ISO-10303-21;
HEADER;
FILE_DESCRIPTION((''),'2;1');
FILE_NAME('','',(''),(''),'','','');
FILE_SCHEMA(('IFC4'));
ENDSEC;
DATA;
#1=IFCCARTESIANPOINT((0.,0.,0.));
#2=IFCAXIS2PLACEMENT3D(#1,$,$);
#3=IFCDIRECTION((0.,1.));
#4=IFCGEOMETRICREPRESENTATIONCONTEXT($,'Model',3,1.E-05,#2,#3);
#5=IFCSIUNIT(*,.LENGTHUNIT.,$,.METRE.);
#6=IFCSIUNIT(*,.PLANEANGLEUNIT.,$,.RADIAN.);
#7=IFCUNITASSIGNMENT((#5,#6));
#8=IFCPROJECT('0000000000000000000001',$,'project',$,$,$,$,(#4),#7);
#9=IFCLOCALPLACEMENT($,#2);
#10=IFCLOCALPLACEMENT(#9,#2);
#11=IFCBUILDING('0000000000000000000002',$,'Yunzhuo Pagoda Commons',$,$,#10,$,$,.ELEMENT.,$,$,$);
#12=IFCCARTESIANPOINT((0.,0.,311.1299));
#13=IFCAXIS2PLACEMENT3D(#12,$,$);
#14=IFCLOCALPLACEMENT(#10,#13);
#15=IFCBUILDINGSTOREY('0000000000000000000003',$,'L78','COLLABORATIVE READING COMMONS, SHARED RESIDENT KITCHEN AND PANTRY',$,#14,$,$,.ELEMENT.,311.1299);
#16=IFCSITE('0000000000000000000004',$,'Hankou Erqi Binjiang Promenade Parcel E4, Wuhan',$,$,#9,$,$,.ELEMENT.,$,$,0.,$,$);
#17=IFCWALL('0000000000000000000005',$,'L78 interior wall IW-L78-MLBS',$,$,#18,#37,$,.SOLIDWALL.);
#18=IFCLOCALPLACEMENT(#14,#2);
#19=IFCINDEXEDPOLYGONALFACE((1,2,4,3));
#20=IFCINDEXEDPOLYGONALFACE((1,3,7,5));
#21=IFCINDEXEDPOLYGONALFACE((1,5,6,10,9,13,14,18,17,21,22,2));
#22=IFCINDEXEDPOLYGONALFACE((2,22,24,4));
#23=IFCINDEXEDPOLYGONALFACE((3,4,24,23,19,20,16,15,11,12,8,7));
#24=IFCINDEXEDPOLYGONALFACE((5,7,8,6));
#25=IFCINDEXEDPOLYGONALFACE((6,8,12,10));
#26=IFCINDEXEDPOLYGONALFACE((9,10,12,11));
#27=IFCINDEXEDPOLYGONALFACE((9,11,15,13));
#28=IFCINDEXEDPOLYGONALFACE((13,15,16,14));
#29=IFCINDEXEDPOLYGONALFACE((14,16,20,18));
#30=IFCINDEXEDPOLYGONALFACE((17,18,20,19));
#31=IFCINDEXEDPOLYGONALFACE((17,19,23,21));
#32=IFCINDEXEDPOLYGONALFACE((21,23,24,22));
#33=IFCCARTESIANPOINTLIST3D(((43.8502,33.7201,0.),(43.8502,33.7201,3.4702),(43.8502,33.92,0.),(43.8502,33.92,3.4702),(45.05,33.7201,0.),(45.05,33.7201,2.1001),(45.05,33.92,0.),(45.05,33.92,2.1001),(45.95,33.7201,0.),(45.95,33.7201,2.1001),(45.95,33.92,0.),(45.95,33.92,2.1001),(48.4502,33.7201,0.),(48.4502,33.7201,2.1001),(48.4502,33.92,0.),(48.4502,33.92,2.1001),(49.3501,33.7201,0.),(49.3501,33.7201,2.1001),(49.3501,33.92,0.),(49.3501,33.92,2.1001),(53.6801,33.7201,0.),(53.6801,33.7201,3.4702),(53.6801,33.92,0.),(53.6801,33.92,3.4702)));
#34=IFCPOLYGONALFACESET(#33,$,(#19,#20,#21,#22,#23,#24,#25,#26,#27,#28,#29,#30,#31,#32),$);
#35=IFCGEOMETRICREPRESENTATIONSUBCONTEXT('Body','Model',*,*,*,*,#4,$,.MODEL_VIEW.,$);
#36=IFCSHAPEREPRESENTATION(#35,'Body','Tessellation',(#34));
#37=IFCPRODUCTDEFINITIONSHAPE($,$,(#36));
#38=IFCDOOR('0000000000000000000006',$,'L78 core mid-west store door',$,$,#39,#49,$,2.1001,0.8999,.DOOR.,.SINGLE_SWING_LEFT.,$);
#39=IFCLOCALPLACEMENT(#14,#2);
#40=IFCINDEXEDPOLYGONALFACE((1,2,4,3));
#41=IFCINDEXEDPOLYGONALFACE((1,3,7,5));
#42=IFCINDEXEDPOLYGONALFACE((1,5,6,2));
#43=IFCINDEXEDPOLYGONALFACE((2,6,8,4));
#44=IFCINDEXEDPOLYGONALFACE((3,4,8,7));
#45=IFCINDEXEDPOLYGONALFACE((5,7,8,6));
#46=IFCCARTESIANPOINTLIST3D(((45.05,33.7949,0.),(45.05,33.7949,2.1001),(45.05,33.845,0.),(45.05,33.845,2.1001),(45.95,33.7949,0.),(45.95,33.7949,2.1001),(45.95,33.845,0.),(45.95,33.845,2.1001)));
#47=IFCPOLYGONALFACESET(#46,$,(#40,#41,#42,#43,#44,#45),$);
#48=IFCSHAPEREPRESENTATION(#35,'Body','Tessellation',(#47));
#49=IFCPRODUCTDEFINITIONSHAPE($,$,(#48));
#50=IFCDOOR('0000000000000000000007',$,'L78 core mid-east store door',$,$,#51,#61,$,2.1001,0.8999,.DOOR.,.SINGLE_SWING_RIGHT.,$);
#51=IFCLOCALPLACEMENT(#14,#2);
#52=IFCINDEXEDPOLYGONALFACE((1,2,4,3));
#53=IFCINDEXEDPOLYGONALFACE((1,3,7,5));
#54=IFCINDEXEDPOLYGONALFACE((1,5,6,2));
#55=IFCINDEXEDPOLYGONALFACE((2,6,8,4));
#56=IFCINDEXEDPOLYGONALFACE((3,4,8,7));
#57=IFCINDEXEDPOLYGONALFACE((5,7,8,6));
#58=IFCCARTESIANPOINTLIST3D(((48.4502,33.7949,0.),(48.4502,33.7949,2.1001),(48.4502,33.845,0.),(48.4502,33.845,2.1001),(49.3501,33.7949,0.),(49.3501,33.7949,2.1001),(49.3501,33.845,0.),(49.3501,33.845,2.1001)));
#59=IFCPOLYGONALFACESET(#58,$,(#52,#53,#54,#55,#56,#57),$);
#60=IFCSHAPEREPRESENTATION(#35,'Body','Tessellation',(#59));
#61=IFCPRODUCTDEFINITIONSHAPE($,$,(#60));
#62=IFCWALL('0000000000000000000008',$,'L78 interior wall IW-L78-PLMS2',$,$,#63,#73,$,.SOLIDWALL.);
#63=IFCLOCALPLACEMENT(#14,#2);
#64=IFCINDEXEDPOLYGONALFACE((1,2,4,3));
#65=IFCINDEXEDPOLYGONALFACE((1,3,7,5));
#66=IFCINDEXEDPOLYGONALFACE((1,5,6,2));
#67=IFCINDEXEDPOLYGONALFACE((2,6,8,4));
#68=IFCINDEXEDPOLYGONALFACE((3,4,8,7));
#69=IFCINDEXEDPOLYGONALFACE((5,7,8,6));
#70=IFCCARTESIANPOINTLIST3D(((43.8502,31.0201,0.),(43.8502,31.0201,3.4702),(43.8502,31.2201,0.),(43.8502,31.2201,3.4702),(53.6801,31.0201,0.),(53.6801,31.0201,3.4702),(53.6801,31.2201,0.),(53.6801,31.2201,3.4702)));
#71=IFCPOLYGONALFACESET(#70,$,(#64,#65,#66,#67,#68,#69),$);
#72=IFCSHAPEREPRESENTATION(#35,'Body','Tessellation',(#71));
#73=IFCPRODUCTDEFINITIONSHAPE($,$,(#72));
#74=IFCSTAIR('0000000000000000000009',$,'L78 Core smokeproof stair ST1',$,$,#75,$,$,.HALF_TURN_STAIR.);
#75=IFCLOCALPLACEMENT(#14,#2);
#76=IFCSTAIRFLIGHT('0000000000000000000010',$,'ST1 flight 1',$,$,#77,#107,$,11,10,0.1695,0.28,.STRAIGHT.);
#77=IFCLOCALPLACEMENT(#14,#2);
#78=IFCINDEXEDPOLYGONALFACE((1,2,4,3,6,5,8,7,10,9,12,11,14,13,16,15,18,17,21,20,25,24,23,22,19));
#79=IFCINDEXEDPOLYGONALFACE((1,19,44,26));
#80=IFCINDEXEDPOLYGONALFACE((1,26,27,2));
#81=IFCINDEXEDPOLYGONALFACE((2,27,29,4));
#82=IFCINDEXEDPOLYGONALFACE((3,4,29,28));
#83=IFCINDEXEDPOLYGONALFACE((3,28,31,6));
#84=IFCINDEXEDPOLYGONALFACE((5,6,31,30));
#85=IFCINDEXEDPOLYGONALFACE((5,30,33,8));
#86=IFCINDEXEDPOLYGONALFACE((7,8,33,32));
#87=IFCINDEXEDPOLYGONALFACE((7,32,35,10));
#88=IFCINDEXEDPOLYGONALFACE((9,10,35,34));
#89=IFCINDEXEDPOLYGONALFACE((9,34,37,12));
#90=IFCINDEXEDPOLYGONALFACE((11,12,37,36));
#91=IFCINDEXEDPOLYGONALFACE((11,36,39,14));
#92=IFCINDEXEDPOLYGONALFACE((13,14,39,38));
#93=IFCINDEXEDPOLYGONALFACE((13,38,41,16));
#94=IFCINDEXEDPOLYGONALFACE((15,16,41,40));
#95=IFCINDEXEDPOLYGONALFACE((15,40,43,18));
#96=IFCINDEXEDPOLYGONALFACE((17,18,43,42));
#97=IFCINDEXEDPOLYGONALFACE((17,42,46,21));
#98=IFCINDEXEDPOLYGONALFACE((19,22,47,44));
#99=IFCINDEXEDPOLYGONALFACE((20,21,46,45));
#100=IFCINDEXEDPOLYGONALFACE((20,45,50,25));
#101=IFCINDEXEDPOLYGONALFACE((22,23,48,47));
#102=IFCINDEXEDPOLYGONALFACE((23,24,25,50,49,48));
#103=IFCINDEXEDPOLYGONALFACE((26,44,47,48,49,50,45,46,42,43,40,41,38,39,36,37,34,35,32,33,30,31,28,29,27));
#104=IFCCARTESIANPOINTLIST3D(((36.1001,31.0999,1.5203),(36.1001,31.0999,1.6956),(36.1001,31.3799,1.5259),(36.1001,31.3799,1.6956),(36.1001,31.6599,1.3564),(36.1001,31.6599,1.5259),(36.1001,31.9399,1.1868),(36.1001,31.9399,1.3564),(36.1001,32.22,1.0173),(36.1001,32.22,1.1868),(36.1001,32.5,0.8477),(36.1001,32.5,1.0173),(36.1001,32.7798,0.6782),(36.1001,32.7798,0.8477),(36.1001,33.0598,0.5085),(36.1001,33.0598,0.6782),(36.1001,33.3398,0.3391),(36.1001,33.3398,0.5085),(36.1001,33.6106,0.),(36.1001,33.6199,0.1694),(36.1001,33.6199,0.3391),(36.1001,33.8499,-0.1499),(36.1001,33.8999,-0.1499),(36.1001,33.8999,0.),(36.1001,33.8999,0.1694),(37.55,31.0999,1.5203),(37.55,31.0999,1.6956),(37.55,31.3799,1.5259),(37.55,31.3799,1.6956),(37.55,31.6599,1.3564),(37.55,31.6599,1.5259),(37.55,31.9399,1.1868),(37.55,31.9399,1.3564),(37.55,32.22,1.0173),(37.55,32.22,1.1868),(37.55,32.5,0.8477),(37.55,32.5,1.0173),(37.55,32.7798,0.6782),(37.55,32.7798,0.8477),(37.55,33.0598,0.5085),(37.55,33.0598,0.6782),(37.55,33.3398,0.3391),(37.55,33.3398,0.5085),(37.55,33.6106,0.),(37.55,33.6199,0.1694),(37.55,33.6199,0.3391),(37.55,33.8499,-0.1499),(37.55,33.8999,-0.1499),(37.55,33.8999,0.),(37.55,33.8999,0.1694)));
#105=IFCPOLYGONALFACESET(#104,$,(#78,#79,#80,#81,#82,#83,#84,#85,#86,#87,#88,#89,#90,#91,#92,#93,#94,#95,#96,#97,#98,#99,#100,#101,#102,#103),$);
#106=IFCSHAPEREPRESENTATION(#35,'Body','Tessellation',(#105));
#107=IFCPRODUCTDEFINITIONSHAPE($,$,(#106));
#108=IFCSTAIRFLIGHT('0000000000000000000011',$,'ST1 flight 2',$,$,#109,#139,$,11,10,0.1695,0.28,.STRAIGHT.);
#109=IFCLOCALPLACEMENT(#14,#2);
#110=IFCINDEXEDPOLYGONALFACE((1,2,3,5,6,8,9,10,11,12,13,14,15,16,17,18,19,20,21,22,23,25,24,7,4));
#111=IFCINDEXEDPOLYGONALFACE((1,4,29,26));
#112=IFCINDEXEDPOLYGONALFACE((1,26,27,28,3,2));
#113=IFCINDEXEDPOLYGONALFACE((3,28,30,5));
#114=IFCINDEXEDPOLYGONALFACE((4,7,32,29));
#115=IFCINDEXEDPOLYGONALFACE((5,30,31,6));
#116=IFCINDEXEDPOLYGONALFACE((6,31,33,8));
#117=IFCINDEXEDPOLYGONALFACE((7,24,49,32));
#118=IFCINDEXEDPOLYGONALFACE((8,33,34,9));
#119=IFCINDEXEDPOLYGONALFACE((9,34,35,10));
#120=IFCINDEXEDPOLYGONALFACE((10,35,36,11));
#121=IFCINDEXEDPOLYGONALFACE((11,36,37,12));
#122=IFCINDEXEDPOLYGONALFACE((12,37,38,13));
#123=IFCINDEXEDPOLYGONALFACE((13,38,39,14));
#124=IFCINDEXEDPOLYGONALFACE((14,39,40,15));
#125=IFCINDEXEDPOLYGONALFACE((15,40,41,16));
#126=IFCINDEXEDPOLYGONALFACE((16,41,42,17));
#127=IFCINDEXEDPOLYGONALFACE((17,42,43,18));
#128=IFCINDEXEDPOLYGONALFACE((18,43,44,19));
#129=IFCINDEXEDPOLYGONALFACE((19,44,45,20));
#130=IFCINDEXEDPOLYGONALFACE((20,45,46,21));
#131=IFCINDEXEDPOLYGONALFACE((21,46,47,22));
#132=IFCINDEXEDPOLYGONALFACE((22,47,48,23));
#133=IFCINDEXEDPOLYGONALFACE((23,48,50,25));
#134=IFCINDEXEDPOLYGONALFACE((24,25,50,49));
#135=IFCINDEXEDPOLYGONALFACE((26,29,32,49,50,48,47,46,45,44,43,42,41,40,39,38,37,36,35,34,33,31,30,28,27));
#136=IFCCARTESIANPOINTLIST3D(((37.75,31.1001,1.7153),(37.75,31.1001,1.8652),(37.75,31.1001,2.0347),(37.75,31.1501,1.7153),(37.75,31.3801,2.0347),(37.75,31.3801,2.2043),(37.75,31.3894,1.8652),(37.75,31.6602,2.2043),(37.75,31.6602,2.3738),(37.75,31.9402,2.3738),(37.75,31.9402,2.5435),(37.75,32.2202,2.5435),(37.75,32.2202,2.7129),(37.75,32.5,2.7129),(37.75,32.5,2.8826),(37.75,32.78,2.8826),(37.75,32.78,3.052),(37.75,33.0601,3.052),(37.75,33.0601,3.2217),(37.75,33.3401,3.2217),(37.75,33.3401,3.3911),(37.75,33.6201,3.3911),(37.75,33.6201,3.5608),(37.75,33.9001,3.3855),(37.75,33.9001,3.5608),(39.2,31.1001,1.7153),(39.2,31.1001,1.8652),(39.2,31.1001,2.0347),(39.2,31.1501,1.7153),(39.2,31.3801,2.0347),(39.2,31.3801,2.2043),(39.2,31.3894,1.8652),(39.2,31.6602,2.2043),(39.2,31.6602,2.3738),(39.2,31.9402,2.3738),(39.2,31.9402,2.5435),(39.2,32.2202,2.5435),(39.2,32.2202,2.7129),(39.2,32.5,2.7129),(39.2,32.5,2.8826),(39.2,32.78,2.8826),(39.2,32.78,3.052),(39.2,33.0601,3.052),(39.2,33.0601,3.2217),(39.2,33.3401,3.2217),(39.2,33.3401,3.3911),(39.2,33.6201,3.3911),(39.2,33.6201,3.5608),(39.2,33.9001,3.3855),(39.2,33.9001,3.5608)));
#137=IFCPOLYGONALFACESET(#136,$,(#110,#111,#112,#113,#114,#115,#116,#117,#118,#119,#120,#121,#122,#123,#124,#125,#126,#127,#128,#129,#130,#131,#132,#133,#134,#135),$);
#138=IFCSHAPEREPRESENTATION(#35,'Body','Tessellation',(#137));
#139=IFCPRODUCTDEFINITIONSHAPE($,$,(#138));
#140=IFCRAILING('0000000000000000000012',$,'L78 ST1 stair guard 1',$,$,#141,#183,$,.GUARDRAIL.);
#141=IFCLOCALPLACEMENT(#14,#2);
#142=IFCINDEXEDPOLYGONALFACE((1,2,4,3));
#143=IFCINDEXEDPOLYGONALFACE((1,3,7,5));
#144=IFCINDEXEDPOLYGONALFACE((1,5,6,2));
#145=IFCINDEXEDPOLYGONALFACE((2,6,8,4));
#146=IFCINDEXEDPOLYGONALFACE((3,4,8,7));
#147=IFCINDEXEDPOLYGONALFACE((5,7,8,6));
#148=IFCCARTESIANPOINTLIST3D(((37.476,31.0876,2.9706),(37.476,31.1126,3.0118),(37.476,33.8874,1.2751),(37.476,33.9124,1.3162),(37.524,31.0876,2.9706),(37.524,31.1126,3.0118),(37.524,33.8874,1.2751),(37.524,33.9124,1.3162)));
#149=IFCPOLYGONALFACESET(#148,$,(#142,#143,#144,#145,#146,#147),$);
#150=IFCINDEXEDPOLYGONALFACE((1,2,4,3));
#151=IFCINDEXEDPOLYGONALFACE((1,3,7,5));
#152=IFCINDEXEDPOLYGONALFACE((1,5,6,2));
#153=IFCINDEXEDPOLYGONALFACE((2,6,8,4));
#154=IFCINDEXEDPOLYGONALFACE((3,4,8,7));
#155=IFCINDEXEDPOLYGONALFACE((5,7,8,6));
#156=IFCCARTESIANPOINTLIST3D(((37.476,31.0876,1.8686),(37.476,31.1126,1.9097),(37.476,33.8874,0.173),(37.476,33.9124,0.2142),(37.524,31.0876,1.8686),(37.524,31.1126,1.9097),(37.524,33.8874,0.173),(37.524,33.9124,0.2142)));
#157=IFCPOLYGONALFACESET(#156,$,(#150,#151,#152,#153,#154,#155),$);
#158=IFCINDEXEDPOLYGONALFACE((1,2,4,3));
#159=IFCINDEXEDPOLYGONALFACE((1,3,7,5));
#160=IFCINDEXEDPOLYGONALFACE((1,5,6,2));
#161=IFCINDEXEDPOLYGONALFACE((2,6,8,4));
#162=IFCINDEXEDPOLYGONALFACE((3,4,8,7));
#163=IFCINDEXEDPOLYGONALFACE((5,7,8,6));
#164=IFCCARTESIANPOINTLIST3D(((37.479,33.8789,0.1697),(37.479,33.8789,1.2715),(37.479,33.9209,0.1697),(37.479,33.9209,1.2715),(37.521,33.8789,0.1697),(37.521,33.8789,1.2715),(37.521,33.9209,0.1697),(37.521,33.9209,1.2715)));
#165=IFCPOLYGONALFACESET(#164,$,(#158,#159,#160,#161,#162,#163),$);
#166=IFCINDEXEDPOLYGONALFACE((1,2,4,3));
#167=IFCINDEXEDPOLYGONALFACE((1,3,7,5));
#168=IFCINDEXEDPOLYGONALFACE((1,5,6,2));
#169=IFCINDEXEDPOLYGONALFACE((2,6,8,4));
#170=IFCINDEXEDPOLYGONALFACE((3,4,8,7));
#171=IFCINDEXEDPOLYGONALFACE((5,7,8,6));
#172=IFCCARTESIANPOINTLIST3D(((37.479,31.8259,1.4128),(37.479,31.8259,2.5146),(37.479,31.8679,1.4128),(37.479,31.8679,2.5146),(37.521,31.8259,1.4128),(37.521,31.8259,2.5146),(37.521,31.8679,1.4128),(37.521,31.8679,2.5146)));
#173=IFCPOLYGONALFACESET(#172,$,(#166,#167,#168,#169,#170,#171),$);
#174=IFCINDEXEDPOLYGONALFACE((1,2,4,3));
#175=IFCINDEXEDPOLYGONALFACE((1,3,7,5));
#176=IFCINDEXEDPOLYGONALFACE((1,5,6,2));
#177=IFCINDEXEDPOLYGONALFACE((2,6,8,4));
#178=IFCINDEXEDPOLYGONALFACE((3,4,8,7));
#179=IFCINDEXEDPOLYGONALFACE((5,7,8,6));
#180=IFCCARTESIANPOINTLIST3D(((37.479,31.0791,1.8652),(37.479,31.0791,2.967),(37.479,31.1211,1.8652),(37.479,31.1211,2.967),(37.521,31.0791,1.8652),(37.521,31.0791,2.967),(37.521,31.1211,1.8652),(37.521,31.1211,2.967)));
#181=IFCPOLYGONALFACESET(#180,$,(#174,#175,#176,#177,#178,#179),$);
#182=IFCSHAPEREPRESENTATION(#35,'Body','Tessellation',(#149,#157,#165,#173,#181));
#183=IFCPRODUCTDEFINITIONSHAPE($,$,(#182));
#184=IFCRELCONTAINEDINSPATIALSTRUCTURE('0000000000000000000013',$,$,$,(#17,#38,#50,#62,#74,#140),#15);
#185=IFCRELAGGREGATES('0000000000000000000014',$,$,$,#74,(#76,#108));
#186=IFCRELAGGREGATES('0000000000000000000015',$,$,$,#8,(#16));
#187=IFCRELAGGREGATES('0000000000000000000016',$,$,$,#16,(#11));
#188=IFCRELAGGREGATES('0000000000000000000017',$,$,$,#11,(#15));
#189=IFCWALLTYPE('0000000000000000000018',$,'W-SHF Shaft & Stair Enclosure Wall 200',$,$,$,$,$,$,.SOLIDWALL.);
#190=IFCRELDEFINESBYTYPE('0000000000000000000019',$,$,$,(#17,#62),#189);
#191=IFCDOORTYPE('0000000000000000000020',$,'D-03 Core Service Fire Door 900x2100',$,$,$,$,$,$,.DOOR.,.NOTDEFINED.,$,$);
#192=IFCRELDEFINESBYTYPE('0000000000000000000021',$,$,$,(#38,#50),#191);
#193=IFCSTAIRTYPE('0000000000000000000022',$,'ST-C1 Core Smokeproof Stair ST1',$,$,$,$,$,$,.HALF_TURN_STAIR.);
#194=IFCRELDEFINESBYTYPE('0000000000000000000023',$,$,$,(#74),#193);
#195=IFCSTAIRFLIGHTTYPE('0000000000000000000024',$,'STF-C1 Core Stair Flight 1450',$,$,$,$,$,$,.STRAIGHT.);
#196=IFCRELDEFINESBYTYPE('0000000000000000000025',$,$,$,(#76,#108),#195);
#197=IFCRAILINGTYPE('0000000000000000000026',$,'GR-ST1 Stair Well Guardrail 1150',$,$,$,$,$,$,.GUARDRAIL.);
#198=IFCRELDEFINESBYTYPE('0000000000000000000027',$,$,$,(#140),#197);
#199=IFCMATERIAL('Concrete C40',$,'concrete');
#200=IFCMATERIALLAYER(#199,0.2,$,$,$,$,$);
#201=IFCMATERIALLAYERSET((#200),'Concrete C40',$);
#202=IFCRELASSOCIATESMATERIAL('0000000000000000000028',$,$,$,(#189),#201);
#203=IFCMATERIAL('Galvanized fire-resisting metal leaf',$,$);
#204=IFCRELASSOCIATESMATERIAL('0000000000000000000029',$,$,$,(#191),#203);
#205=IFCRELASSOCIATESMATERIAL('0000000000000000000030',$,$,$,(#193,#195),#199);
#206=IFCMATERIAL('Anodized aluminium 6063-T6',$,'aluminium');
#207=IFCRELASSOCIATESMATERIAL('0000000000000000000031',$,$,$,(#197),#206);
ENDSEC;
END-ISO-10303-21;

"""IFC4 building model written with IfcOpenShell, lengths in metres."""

from ifc_helpers import new_model, si_unit, direction, frame, frame_2d, origin, origin_with_axes, origin_2d, place, context, subcontext, project, spatial, polyline, rectangle, outline, extrude, source, transform, mapped, material, layer, layer_set, type_object, element, fill, aggregate, save


model = new_model("IFC4")

# Units and contexts
model_context = context("Model", 3, precision=1e-05, world=origin(), true_north=direction((0.0, 1.0)))
body_context = subcontext(model_context, "Body", "Model", "MODEL_VIEW")
ifc_project = project(units=[si_unit("LENGTHUNIT", "METRE"), si_unit("PLANEANGLEUNIT", "RADIAN")], contexts=[model_context])

# Site, building, storey
site_placement = place(None, origin())
site = spatial("IfcSite", under=ifc_project, at=site_placement, Name="Hankou Erqi Binjiang Promenade Parcel E4, Wuhan", CompositionType="ELEMENT", RefElevation=0.0)
building_placement = place(site_placement, origin())
building = spatial("IfcBuilding", under=site, at=building_placement, Name="Yunzhuo Pagoda Commons", CompositionType="ELEMENT")
storey_placement = place(building_placement, frame((0.0, 0.0, 311.1299)))
storey = spatial("IfcBuildingStorey", under=building, at=storey_placement, Name="L78", Description="COLLABORATIVE READING COMMONS, SHARED RESIDENT KITCHEN AND PANTRY", CompositionType="ELEMENT", Elevation=311.1299)

# Shared definitions
ifc_material_1 = material(Name="Galvanized fire-resisting metal leaf")

# Shared definitions
ifc_material_2 = material(Name="Concrete C40", Category="concrete")
ifc_layer_1 = layer(ifc_material_2, 0.2)
ifc_layer_set_1 = layer_set([ifc_layer_1], Name="Concrete C40")
wall_type_1 = type_object("IfcWallType", Name="W-SHF Shaft & Stair Enclosure Wall 200", PredefinedType="SOLIDWALL", material=ifc_layer_set_1)

# Shared definitions
door_type_1 = type_object("IfcDoorType", Name="D-03 Core Service Fire Door 900x2100", OperationType="NOTDEFINED", PredefinedType="DOOR", material=ifc_material_1)
shared_shape_1 = source(origin(), body_context, "Body", "SweptSolid", [
    extrude(rectangle(XDim=0.8999, YDim=2.1001, at=frame_2d((0.45, 1.05))), frame((0.0, 0.0249, 0.0), z_axis=(0.0, -1.0, 0.0), x_axis=(1.0, 0.0, 0.0)), (0.0, 0.0, 1.0), 0.05),
])

# Wall, openings, doors
wall_1_placement = place(storey_placement, frame((43.8501, 33.8201, 0.0), z_axis=(0.0, 0.0, 1.0), x_axis=(1.0, 0.0, 0.0)))
wall_1 = element("IfcWall", 1, at=wall_1_placement, inside=storey, type_object=wall_type_1, Name="L78 interior wall IW-L78-MLBS", PredefinedType="SOLIDWALL", context=body_context, shape_type="SweptSolid", body=[
    extrude(rectangle(XDim=9.8298, YDim=0.2, at=frame_2d((4.915, 0.0))), origin(), (0.0, 0.0, 1.0), 3.4702),
])
opening_1_placement = place(wall_1_placement, frame((1.2, 0.0, 0.0)))
opening_1 = element("IfcOpeningElement", 2, at=opening_1_placement, cuts=wall_1, PredefinedType="OPENING", context=body_context, shape_type="SweptSolid", body=[
    extrude(rectangle(XDim=0.8999, YDim=2.1001, at=frame_2d((0.45, 1.05))), frame((0.0, 0.1099, 0.0), z_axis=(0.0, -1.0, 0.0), x_axis=(1.0, 0.0, 0.0)), (0.0, 0.0, 1.0), 0.22),
])
opening_2_placement = place(wall_1_placement, frame((4.6001, 0.0, 0.0)))
opening_2 = element("IfcOpeningElement", 3, at=opening_2_placement, cuts=wall_1, PredefinedType="OPENING", context=body_context, shape_type="SweptSolid", body=[
    extrude(rectangle(XDim=0.8999, YDim=2.1001, at=frame_2d((0.45, 1.05))), frame((0.0, 0.1099, 0.0), z_axis=(0.0, -1.0, 0.0), x_axis=(1.0, 0.0, 0.0)), (0.0, 0.0, 1.0), 0.22),
])
door_1_placement = place(opening_1_placement, origin_with_axes())
door_1 = element("IfcDoor", 4, at=door_1_placement, inside=storey, type_object=door_type_1, Name="L78 core mid-west store door", OperationType="SINGLE_SWING_LEFT", OverallHeight=2.1001, OverallWidth=0.8999, PredefinedType="DOOR", context=body_context, shape_type="MappedRepresentation", body=[
    mapped(shared_shape_1, transform((0.0, 0.0, 0.0), scale=1.0)),
])
fill(opening_1, door_1)
door_2_placement = place(opening_2_placement, origin_with_axes())
door_2 = element("IfcDoor", 5, at=door_2_placement, inside=storey, type_object=door_type_1, Name="L78 core mid-east store door", OperationType="SINGLE_SWING_RIGHT", OverallHeight=2.1001, OverallWidth=0.8999, PredefinedType="DOOR", context=body_context, shape_type="MappedRepresentation", body=[
    mapped(shared_shape_1, transform((0.0, 0.0, 0.0), scale=1.0)),
])
fill(opening_2, door_2)

# Wall
wall_2_placement = place(storey_placement, frame((43.8501, 31.1201, 0.0), z_axis=(0.0, 0.0, 1.0), x_axis=(1.0, 0.0, 0.0)))
element("IfcWall", 6, at=wall_2_placement, inside=storey, type_object=wall_type_1, Name="L78 interior wall IW-L78-PLMS2", PredefinedType="SOLIDWALL", context=body_context, shape_type="SweptSolid", body=[
    extrude(rectangle(XDim=9.8298, YDim=0.2, at=frame_2d((4.915, 0.0))), origin(), (0.0, 0.0, 1.0), 3.4702),
])

# Stair, stair flights
stair_type = type_object("IfcStairType", Name="ST-C1 Core Smokeproof Stair ST1", PredefinedType="HALF_TURN_STAIR", material=ifc_material_2)
stair_placement = place(storey_placement, origin())
stair = element("IfcStair", 7, at=stair_placement, inside=storey, type_object=stair_type, Name="L78 Core smokeproof stair ST1", PredefinedType="HALF_TURN_STAIR")
stair_flight_type = type_object("IfcStairFlightType", Name="STF-C1 Core Stair Flight 1450", PredefinedType="STRAIGHT", material=ifc_material_2)
shared_shape_2 = source(origin(), body_context, "Body", "SweptSolid", [
    extrude(outline(polyline([(0.0, -0.1499), (0.0, 0.0), (0.0, 0.1694), (0.28, 0.1694), (0.28, 0.3391), (0.5601, 0.3391), (0.5601, 0.5085), (0.8401, 0.5085), (0.8401, 0.6782), (1.1201, 0.6782), (1.1201, 0.8477), (1.3999, 0.8477), (1.3999, 1.0173), (1.6799, 1.0173), (1.6799, 1.1868), (1.96, 1.1868), (1.96, 1.3564), (2.24, 1.3564), (2.24, 1.5259), (2.52, 1.5259), (2.52, 1.6956), (2.8, 1.6956), (2.8, 1.865), (2.8, 1.5203), (0.2893, 0.0), (0.05, -0.1499), (0.0, -0.1499)])), frame((0.0, 0.7251, 0.0), z_axis=(0.0, -1.0, 0.0), x_axis=(1.0, 0.0, 0.0)), (0.0, 0.0, 1.0), 1.45),
])
stair_flight_1_placement = place(storey_placement, frame((36.825, 33.8999, 0.0), z_axis=(0.0, 0.0, 1.0), x_axis=(0.0, -1.0, 0.0)))
stair_flight_1 = element("IfcStairFlight", 8, at=stair_flight_1_placement, type_object=stair_flight_type, Name="ST1 flight 1", NumberOfRisers=11, NumberOfTreads=10, PredefinedType="STRAIGHT", RiserHeight=0.1695, TreadLength=0.28, context=body_context, shape_type="MappedRepresentation", body=[
    mapped(shared_shape_2, transform((0.0, 0.0, 0.0), scale=1.0)),
])
stair_flight_2_placement = place(storey_placement, frame((38.4751, 31.1001, 1.8652), z_axis=(0.0, 0.0, 1.0), x_axis=(0.0, 1.0, 0.0)))
stair_flight_2 = element("IfcStairFlight", 9, at=stair_flight_2_placement, type_object=stair_flight_type, Name="ST1 flight 2", NumberOfRisers=11, NumberOfTreads=10, PredefinedType="STRAIGHT", RiserHeight=0.1695, TreadLength=0.28, context=body_context, shape_type="MappedRepresentation", body=[
    mapped(shared_shape_2, transform((0.0, 0.0, 0.0), scale=1.0)),
])
aggregate(stair, [stair_flight_1, stair_flight_2])

# Railing
ifc_material_3 = material(Name="Anodized aluminium 6063-T6", Category="aluminium")
railing_type_1 = type_object("IfcRailingType", Name="GR-ST1 Stair Well Guardrail 1150", PredefinedType="GUARDRAIL", material=ifc_material_3)
railing_1_placement = place(storey_placement, frame((37.5, 33.8999, 0.1697)))
element("IfcRailing", 10, at=railing_1_placement, inside=storey, type_object=railing_type_1, Name="L78 ST1 stair guard 1", PredefinedType="GUARDRAIL", context=body_context, shape_type="SweptSolid", body=[
    extrude(rectangle(XDim=0.0481, YDim=0.0481, at=origin_2d()), frame((0.0, 0.0, 1.126), z_axis=(0.0, -0.855373, 0.518012), x_axis=(1.0, 0.0, 0.0)), (0.0, 0.0, 1.0), 3.2732),
    extrude(rectangle(XDim=0.0481, YDim=0.0481, at=origin_2d()), frame((0.0, 0.0, 0.0239), z_axis=(0.0, -0.855373, 0.518012), x_axis=(1.0, 0.0, 0.0)), (0.0, 0.0, 1.0), 3.2732),
    extrude(rectangle(XDim=0.042, YDim=0.042, at=origin_2d()), origin(), (0.0, 0.0, 1.0), 1.1018),
    extrude(rectangle(XDim=0.042, YDim=0.042, at=origin_2d()), frame((0.0, -2.053, 1.2432)), (0.0, 0.0, 1.0), 1.1018),
    extrude(rectangle(XDim=0.042, YDim=0.042, at=origin_2d()), frame((0.0, -2.7998, 1.6956)), (0.0, 0.0, 1.0), 1.1018),
])

save(model, "model.ifc")
